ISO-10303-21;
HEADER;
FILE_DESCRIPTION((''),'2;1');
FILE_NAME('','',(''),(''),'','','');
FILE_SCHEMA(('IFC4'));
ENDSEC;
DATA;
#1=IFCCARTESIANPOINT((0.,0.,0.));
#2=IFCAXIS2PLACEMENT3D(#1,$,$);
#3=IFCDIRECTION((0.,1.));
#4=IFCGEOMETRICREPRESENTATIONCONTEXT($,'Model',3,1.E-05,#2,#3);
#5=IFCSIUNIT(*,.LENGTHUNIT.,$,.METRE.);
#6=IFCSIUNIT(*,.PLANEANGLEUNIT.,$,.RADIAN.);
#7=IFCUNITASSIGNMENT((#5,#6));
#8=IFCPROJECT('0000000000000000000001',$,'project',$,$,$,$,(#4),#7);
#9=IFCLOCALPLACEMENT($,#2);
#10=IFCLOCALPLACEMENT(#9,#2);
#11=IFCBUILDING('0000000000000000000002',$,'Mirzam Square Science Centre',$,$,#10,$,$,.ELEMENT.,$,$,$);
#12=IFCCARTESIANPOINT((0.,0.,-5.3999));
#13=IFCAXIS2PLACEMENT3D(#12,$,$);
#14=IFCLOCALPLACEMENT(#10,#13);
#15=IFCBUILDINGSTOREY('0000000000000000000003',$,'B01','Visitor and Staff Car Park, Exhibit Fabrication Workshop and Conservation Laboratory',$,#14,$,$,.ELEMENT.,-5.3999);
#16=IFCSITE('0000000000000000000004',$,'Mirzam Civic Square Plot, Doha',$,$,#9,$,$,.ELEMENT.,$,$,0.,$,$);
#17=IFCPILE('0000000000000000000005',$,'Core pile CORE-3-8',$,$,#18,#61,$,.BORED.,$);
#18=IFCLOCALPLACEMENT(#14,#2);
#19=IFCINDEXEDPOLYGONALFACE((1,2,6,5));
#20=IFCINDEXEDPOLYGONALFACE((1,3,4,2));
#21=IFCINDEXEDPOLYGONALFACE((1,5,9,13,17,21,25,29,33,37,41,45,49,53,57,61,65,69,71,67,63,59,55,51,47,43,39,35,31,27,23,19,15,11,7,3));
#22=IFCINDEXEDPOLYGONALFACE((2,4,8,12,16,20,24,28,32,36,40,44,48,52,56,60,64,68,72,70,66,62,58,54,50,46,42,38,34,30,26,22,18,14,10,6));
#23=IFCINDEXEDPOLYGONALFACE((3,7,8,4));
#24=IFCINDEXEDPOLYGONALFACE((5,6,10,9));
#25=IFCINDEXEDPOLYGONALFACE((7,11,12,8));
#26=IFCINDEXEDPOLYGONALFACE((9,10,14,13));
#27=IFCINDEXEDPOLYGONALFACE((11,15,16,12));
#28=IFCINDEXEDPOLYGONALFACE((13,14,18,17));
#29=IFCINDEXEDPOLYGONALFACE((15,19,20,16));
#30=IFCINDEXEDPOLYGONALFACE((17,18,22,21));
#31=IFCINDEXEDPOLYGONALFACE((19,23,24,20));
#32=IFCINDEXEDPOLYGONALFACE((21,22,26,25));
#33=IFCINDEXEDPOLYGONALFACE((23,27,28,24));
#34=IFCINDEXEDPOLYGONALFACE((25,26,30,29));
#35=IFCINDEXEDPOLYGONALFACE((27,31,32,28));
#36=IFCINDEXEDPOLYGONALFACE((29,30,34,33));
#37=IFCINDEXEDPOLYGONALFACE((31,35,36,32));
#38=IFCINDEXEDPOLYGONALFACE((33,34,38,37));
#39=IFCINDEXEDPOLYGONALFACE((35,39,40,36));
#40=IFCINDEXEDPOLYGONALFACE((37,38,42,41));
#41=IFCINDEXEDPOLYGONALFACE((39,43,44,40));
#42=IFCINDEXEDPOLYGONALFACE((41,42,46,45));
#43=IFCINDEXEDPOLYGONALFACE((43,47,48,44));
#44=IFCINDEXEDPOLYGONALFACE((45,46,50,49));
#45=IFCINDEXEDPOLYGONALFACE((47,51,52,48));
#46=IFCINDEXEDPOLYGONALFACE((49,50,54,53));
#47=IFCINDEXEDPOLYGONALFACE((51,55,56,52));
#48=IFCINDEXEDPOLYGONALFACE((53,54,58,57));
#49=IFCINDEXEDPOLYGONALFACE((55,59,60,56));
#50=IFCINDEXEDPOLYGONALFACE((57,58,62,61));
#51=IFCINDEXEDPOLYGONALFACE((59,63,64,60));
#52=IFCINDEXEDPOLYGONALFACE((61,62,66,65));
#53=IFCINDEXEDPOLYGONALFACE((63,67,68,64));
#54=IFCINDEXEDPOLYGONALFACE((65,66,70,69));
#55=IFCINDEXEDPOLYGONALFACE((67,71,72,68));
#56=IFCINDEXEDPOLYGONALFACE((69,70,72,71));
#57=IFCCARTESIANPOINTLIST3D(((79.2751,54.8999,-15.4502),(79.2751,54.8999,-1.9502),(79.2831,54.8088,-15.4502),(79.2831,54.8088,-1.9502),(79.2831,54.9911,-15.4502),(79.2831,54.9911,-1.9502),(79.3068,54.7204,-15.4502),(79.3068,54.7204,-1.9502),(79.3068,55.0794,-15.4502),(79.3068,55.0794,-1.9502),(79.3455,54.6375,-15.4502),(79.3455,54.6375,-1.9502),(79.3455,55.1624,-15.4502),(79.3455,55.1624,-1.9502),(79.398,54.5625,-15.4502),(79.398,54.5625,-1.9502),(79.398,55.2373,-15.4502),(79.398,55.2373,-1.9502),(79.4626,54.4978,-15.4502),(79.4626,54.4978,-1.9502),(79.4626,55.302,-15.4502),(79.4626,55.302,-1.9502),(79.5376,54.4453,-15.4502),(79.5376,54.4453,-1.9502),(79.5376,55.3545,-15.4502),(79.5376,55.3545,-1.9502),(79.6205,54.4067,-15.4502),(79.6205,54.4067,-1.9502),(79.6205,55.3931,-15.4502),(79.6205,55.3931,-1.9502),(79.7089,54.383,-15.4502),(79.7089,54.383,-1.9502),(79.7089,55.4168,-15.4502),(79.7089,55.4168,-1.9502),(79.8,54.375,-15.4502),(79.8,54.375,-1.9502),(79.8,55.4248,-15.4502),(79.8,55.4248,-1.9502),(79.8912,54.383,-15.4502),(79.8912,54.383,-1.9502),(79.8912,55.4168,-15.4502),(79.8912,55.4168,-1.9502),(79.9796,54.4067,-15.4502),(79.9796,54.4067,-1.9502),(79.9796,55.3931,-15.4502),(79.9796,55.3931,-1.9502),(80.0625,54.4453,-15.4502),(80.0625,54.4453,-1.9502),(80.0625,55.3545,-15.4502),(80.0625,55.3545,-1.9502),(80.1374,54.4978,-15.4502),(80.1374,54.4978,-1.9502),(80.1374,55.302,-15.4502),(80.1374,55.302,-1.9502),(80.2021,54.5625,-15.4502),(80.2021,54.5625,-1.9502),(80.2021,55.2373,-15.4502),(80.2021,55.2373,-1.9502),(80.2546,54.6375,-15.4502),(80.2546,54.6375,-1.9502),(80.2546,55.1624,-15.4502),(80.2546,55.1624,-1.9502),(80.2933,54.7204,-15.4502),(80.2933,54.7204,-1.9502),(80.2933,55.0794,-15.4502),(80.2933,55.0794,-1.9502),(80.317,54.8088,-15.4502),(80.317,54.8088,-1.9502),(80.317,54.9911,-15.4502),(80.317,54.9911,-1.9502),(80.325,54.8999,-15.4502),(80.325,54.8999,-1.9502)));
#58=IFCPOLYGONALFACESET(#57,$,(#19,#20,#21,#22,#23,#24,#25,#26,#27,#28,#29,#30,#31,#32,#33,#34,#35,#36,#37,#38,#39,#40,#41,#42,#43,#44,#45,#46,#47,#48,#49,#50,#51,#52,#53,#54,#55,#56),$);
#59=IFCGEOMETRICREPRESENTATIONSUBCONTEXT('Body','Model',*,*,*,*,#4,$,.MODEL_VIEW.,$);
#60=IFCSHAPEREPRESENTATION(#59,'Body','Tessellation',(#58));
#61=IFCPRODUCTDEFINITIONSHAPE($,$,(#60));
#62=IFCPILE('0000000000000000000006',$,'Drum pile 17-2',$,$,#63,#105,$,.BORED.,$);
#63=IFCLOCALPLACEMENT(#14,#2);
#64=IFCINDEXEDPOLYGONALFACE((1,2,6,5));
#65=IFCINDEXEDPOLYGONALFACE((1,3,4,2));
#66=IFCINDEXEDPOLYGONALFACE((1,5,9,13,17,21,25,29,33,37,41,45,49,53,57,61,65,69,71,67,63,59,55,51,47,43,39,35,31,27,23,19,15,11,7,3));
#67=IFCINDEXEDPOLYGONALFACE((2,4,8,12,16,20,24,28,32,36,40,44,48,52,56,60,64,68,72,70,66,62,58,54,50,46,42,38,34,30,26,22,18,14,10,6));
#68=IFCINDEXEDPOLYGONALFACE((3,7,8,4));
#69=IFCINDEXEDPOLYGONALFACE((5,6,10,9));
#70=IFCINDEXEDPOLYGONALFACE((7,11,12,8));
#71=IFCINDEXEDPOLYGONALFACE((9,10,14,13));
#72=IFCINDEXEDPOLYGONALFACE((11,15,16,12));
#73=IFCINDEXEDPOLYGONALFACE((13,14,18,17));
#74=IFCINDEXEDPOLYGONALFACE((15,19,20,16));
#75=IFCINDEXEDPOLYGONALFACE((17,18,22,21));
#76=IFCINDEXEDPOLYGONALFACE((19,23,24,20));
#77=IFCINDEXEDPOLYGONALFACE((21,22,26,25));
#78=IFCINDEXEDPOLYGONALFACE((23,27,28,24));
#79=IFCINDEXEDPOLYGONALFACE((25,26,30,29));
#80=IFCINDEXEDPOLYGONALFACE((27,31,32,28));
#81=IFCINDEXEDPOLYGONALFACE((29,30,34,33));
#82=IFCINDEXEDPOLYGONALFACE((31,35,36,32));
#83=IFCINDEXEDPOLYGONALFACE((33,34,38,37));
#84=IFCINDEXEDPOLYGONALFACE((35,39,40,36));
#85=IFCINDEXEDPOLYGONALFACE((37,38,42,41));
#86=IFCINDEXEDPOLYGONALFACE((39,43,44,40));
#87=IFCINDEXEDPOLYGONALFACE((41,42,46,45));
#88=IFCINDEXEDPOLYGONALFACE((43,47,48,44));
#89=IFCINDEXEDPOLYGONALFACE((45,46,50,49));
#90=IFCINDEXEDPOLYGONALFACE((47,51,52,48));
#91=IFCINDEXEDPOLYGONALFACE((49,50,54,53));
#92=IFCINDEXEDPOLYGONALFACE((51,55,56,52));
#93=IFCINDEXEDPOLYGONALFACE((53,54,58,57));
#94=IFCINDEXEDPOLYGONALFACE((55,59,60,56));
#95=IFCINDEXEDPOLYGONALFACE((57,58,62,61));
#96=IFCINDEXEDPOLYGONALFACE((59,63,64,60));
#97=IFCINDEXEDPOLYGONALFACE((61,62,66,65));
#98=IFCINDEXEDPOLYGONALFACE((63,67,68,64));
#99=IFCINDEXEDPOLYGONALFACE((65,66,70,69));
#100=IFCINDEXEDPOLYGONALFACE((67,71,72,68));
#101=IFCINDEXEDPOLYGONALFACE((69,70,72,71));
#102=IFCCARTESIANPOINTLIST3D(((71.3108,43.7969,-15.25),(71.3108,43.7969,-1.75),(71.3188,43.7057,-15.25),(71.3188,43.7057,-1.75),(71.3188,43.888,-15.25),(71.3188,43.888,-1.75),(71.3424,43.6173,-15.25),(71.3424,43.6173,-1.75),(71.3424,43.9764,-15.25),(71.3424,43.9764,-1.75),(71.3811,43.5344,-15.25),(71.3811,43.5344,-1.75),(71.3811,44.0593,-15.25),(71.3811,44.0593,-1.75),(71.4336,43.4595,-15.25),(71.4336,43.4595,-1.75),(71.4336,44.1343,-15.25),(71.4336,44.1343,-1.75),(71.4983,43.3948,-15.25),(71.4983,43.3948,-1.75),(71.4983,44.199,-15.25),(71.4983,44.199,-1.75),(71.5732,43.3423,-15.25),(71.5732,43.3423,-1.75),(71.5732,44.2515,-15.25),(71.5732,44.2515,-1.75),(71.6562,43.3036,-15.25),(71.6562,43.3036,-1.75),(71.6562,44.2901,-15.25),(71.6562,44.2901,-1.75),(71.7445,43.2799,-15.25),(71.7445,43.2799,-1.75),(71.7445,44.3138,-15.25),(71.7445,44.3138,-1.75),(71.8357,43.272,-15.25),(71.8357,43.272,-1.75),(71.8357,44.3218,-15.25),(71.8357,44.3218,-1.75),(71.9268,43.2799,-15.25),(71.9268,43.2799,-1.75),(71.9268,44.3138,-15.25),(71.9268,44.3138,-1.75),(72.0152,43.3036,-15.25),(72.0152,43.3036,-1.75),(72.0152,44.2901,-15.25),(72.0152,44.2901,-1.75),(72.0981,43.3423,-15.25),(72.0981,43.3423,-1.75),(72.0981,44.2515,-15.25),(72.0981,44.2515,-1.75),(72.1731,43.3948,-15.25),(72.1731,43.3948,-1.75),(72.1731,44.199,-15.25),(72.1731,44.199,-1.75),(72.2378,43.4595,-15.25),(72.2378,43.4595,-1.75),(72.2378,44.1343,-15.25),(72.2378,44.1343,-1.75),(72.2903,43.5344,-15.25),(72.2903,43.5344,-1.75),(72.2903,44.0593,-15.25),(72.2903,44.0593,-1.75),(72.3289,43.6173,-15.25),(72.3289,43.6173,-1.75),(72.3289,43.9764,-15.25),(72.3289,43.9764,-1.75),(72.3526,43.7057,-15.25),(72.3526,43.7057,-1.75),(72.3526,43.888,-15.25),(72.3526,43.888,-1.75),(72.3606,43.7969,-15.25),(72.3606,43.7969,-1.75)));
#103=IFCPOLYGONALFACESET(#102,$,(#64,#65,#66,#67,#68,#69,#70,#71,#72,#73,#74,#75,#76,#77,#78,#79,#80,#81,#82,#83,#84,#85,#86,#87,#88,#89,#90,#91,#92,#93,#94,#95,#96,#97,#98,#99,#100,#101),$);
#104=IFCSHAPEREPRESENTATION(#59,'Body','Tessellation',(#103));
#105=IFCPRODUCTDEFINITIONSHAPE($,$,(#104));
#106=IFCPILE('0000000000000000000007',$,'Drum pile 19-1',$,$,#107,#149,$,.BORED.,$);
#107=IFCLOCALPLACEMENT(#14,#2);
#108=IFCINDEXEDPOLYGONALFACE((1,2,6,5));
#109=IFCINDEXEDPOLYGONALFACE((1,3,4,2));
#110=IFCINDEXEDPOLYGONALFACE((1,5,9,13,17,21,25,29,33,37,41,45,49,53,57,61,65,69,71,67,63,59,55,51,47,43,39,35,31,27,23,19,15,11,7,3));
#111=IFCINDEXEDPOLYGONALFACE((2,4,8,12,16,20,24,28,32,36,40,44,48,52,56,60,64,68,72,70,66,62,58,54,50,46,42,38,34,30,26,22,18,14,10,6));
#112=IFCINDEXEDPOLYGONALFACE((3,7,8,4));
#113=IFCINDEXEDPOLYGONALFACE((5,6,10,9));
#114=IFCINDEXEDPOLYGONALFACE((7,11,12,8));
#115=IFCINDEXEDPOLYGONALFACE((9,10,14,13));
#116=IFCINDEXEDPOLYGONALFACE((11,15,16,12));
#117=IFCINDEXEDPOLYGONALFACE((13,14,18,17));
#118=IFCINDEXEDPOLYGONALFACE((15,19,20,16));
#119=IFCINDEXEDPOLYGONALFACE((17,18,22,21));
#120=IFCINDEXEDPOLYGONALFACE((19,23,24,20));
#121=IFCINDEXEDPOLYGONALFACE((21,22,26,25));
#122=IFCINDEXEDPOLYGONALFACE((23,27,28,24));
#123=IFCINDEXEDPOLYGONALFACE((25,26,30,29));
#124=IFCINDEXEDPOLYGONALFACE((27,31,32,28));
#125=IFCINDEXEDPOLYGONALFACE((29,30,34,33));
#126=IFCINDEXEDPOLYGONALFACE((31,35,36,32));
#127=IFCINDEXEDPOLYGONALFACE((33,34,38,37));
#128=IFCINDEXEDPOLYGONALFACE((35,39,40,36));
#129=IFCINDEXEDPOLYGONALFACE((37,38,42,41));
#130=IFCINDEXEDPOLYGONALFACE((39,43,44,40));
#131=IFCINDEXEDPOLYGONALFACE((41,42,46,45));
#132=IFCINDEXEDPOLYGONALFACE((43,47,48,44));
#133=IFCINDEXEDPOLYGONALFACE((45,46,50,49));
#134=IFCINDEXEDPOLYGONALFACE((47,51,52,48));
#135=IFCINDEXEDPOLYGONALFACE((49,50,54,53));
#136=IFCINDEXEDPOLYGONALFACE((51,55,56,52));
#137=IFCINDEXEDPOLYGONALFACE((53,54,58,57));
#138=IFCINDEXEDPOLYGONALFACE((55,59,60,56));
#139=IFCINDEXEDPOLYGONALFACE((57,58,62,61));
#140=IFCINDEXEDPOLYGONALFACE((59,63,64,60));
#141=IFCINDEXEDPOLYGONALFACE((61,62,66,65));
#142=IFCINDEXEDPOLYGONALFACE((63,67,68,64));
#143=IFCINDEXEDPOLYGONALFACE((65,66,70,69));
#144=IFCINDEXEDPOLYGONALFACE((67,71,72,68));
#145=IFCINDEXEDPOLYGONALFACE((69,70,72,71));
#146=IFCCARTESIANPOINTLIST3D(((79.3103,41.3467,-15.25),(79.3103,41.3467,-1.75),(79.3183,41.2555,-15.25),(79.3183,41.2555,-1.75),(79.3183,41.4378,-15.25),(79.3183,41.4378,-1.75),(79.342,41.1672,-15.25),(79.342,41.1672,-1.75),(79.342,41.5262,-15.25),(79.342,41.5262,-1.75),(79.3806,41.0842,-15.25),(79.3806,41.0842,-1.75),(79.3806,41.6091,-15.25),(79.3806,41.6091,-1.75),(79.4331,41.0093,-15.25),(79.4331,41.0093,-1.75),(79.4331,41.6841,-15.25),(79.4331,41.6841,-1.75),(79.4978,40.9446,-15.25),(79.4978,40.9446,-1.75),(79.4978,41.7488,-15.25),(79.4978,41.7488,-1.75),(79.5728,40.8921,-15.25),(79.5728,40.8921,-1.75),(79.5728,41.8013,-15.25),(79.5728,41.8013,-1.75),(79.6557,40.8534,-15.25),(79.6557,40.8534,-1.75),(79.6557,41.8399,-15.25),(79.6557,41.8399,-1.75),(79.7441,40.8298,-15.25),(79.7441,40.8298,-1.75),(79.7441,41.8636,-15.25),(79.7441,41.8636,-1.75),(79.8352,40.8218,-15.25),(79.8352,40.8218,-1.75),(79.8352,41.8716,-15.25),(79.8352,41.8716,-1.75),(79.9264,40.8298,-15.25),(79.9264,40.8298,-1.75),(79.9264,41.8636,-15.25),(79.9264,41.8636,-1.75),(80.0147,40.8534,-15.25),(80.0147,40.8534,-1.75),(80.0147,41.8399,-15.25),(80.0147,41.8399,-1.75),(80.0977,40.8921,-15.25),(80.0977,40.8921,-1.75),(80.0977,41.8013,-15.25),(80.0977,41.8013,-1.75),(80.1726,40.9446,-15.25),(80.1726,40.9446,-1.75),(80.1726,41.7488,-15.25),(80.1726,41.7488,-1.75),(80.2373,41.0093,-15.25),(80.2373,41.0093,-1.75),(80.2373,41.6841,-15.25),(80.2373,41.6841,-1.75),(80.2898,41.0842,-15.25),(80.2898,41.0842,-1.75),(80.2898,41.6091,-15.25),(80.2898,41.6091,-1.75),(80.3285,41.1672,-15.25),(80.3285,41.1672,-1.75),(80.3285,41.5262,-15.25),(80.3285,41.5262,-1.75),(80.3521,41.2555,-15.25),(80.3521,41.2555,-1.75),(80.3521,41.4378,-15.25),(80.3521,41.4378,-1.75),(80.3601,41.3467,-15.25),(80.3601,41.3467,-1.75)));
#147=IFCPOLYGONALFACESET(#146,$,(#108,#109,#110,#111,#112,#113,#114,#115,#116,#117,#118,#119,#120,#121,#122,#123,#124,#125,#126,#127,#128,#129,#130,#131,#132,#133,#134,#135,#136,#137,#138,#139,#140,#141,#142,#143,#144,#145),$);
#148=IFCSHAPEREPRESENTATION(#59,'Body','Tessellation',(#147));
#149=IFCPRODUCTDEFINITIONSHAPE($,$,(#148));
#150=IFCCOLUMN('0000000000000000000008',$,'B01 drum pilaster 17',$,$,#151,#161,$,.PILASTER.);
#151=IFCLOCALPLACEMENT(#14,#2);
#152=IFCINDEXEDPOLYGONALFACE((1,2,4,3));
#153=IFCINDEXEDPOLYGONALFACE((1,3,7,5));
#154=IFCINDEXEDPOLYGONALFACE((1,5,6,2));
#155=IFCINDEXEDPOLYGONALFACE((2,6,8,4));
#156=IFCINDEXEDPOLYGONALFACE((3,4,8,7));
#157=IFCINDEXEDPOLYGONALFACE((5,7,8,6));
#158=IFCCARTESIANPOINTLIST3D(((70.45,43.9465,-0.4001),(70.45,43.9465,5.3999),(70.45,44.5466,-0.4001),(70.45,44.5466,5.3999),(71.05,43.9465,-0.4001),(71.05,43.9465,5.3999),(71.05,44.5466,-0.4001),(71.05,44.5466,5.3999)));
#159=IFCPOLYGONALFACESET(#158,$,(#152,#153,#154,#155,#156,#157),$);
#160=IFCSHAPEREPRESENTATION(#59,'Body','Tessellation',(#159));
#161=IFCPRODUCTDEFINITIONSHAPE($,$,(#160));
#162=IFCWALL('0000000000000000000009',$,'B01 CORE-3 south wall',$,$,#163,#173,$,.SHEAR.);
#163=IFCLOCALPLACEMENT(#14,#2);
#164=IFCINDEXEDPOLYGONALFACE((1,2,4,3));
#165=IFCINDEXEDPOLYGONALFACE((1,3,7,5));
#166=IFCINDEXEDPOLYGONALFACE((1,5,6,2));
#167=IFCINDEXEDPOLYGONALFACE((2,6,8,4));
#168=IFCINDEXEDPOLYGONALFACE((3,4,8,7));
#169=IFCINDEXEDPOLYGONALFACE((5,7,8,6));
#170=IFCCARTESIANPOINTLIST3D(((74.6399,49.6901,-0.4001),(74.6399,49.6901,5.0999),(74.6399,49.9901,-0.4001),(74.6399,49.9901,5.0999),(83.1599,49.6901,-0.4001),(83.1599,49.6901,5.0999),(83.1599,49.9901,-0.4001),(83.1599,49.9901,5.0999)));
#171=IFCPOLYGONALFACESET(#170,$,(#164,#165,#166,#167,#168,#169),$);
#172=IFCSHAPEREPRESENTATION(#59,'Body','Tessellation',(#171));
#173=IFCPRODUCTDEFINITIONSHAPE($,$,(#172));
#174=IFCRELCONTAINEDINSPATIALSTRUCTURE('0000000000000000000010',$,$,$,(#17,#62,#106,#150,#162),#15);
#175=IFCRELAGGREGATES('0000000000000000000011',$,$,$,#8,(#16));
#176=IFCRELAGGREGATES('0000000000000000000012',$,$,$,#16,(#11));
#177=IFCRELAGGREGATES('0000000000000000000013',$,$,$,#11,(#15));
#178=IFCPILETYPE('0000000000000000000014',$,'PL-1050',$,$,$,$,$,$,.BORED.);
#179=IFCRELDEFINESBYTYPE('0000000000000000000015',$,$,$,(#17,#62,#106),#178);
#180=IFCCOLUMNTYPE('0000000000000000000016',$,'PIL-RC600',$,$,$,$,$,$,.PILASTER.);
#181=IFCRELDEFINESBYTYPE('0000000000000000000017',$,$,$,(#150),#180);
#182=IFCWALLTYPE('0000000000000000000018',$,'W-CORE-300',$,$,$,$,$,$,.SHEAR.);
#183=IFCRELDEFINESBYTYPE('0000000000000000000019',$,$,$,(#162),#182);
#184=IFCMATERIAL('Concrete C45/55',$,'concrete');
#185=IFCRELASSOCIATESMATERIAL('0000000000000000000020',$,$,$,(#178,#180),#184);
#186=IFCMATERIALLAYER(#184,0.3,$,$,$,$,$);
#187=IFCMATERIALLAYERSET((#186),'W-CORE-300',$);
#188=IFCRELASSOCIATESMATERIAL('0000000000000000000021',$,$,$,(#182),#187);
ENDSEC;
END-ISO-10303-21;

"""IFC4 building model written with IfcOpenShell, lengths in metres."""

from ifc_helpers import new_model, si_unit, direction, frame, frame_2d, origin, origin_2d, place, context, subcontext, project, spatial, rectangle, circle, extrude, material, layer, layer_set, material_profile, profile_set, type_object, element, save


model = new_model("IFC4")

# Units and contexts
model_context = context("Model", 3, precision=1e-05, world=origin(), true_north=direction((0.0, 1.0)))
body_context = subcontext(model_context, "Body", "Model", "MODEL_VIEW")
ifc_project = project(units=[si_unit("LENGTHUNIT", "METRE"), si_unit("PLANEANGLEUNIT", "RADIAN")], contexts=[model_context])

# Site, building, storey
site_placement = place(None, origin())
site = spatial("IfcSite", under=ifc_project, at=site_placement, Name="Mirzam Civic Square Plot, Doha", CompositionType="ELEMENT", RefElevation=0.0)
building_placement = place(site_placement, origin())
building = spatial("IfcBuilding", under=site, at=building_placement, Name="Mirzam Square Science Centre", CompositionType="ELEMENT")
storey_placement = place(building_placement, frame((0.0, 0.0, -5.3999)))
storey = spatial("IfcBuildingStorey", under=building, at=storey_placement, Name="B01", Description="Visitor and Staff Car Park, Exhibit Fabrication Workshop and Conservation Laboratory", CompositionType="ELEMENT", Elevation=-5.3999)

# Shared definitions
ifc_material_1 = material(Name="Concrete C45/55", Category="concrete")

# Piles
ifc_material_profile_1 = material_profile(ifc_material_1, circle(Radius=0.5249, at=origin_2d()), Name="PILE-D1050")
ifc_profile_set_1 = profile_set([ifc_material_profile_1], Name="Concrete C45/55")
pile_type = type_object("IfcPileType", Name="PL-1050", PredefinedType="BORED", material=ifc_profile_set_1)
for number, where, z_axis, x_axis, name in (
    (1, (79.8, 54.8999, -1.9502), (0.0, 0.0, -1.0), (1.0, 0.0, 0.0), "Core pile CORE-3-8"),
    (2, (71.8357, 43.7969, -1.75), (0.0, 0.0, -1.0), (1.0, 0.0, 0.0), "Drum pile 17-2"),
    (3, (79.8352, 41.3467, -1.75), (0.0, 0.0, -1.0), (1.0, 0.0, 0.0), "Drum pile 19-1"),
):
    element("IfcPile", number, at=place(storey_placement, frame(where, z_axis=z_axis, x_axis=x_axis)), inside=storey, type_object=pile_type, Name=name, PredefinedType="BORED", context=body_context, shape_type="SweptSolid", body=[
        extrude(circle(Radius=0.5249, at=origin_2d()), origin(), (0.0, 0.0, 1.0), 13.5),
    ])

# Column
ifc_material_profile_2 = material_profile(ifc_material_1, rectangle(XDim=0.6001, YDim=0.6001, at=origin_2d()), Name="RC600x600")
ifc_profile_set_2 = profile_set([ifc_material_profile_2], Name="Concrete C45/55")
column_type = type_object("IfcColumnType", Name="PIL-RC600", PredefinedType="PILASTER", material=ifc_profile_set_2)
column_placement = place(storey_placement, frame((70.75, 44.2466, -0.4001), z_axis=(0.0, 0.0, 1.0), x_axis=(1.0, 0.0, 0.0)))
element("IfcColumn", 4, at=column_placement, inside=storey, type_object=column_type, Name="B01 drum pilaster 17", PredefinedType="PILASTER", context=body_context, shape_type="SweptSolid", body=[
    extrude(rectangle(XDim=0.6001, YDim=0.6001, at=origin_2d()), origin(), (0.0, 0.0, 1.0), 5.8),
])

# Wall
ifc_layer_1 = layer(ifc_material_1, 0.3)
ifc_layer_set_1 = layer_set([ifc_layer_1], Name="W-CORE-300")
wall_type_1 = type_object("IfcWallType", Name="W-CORE-300", PredefinedType="SHEAR", material=ifc_layer_set_1)
wall_1_placement = place(storey_placement, frame((74.6399, 49.8401, -0.4001), z_axis=(0.0, 0.0, 1.0), x_axis=(1.0, 0.0, 0.0)))
element("IfcWall", 5, at=wall_1_placement, inside=storey, type_object=wall_type_1, Name="B01 CORE-3 south wall", PredefinedType="SHEAR", context=body_context, shape_type="SweptSolid", body=[
    extrude(rectangle(XDim=8.52, YDim=0.3, at=frame_2d((4.26, 0.0))), origin(), (0.0, 0.0, 1.0), 5.5),
])

save(model, "model.ifc")
